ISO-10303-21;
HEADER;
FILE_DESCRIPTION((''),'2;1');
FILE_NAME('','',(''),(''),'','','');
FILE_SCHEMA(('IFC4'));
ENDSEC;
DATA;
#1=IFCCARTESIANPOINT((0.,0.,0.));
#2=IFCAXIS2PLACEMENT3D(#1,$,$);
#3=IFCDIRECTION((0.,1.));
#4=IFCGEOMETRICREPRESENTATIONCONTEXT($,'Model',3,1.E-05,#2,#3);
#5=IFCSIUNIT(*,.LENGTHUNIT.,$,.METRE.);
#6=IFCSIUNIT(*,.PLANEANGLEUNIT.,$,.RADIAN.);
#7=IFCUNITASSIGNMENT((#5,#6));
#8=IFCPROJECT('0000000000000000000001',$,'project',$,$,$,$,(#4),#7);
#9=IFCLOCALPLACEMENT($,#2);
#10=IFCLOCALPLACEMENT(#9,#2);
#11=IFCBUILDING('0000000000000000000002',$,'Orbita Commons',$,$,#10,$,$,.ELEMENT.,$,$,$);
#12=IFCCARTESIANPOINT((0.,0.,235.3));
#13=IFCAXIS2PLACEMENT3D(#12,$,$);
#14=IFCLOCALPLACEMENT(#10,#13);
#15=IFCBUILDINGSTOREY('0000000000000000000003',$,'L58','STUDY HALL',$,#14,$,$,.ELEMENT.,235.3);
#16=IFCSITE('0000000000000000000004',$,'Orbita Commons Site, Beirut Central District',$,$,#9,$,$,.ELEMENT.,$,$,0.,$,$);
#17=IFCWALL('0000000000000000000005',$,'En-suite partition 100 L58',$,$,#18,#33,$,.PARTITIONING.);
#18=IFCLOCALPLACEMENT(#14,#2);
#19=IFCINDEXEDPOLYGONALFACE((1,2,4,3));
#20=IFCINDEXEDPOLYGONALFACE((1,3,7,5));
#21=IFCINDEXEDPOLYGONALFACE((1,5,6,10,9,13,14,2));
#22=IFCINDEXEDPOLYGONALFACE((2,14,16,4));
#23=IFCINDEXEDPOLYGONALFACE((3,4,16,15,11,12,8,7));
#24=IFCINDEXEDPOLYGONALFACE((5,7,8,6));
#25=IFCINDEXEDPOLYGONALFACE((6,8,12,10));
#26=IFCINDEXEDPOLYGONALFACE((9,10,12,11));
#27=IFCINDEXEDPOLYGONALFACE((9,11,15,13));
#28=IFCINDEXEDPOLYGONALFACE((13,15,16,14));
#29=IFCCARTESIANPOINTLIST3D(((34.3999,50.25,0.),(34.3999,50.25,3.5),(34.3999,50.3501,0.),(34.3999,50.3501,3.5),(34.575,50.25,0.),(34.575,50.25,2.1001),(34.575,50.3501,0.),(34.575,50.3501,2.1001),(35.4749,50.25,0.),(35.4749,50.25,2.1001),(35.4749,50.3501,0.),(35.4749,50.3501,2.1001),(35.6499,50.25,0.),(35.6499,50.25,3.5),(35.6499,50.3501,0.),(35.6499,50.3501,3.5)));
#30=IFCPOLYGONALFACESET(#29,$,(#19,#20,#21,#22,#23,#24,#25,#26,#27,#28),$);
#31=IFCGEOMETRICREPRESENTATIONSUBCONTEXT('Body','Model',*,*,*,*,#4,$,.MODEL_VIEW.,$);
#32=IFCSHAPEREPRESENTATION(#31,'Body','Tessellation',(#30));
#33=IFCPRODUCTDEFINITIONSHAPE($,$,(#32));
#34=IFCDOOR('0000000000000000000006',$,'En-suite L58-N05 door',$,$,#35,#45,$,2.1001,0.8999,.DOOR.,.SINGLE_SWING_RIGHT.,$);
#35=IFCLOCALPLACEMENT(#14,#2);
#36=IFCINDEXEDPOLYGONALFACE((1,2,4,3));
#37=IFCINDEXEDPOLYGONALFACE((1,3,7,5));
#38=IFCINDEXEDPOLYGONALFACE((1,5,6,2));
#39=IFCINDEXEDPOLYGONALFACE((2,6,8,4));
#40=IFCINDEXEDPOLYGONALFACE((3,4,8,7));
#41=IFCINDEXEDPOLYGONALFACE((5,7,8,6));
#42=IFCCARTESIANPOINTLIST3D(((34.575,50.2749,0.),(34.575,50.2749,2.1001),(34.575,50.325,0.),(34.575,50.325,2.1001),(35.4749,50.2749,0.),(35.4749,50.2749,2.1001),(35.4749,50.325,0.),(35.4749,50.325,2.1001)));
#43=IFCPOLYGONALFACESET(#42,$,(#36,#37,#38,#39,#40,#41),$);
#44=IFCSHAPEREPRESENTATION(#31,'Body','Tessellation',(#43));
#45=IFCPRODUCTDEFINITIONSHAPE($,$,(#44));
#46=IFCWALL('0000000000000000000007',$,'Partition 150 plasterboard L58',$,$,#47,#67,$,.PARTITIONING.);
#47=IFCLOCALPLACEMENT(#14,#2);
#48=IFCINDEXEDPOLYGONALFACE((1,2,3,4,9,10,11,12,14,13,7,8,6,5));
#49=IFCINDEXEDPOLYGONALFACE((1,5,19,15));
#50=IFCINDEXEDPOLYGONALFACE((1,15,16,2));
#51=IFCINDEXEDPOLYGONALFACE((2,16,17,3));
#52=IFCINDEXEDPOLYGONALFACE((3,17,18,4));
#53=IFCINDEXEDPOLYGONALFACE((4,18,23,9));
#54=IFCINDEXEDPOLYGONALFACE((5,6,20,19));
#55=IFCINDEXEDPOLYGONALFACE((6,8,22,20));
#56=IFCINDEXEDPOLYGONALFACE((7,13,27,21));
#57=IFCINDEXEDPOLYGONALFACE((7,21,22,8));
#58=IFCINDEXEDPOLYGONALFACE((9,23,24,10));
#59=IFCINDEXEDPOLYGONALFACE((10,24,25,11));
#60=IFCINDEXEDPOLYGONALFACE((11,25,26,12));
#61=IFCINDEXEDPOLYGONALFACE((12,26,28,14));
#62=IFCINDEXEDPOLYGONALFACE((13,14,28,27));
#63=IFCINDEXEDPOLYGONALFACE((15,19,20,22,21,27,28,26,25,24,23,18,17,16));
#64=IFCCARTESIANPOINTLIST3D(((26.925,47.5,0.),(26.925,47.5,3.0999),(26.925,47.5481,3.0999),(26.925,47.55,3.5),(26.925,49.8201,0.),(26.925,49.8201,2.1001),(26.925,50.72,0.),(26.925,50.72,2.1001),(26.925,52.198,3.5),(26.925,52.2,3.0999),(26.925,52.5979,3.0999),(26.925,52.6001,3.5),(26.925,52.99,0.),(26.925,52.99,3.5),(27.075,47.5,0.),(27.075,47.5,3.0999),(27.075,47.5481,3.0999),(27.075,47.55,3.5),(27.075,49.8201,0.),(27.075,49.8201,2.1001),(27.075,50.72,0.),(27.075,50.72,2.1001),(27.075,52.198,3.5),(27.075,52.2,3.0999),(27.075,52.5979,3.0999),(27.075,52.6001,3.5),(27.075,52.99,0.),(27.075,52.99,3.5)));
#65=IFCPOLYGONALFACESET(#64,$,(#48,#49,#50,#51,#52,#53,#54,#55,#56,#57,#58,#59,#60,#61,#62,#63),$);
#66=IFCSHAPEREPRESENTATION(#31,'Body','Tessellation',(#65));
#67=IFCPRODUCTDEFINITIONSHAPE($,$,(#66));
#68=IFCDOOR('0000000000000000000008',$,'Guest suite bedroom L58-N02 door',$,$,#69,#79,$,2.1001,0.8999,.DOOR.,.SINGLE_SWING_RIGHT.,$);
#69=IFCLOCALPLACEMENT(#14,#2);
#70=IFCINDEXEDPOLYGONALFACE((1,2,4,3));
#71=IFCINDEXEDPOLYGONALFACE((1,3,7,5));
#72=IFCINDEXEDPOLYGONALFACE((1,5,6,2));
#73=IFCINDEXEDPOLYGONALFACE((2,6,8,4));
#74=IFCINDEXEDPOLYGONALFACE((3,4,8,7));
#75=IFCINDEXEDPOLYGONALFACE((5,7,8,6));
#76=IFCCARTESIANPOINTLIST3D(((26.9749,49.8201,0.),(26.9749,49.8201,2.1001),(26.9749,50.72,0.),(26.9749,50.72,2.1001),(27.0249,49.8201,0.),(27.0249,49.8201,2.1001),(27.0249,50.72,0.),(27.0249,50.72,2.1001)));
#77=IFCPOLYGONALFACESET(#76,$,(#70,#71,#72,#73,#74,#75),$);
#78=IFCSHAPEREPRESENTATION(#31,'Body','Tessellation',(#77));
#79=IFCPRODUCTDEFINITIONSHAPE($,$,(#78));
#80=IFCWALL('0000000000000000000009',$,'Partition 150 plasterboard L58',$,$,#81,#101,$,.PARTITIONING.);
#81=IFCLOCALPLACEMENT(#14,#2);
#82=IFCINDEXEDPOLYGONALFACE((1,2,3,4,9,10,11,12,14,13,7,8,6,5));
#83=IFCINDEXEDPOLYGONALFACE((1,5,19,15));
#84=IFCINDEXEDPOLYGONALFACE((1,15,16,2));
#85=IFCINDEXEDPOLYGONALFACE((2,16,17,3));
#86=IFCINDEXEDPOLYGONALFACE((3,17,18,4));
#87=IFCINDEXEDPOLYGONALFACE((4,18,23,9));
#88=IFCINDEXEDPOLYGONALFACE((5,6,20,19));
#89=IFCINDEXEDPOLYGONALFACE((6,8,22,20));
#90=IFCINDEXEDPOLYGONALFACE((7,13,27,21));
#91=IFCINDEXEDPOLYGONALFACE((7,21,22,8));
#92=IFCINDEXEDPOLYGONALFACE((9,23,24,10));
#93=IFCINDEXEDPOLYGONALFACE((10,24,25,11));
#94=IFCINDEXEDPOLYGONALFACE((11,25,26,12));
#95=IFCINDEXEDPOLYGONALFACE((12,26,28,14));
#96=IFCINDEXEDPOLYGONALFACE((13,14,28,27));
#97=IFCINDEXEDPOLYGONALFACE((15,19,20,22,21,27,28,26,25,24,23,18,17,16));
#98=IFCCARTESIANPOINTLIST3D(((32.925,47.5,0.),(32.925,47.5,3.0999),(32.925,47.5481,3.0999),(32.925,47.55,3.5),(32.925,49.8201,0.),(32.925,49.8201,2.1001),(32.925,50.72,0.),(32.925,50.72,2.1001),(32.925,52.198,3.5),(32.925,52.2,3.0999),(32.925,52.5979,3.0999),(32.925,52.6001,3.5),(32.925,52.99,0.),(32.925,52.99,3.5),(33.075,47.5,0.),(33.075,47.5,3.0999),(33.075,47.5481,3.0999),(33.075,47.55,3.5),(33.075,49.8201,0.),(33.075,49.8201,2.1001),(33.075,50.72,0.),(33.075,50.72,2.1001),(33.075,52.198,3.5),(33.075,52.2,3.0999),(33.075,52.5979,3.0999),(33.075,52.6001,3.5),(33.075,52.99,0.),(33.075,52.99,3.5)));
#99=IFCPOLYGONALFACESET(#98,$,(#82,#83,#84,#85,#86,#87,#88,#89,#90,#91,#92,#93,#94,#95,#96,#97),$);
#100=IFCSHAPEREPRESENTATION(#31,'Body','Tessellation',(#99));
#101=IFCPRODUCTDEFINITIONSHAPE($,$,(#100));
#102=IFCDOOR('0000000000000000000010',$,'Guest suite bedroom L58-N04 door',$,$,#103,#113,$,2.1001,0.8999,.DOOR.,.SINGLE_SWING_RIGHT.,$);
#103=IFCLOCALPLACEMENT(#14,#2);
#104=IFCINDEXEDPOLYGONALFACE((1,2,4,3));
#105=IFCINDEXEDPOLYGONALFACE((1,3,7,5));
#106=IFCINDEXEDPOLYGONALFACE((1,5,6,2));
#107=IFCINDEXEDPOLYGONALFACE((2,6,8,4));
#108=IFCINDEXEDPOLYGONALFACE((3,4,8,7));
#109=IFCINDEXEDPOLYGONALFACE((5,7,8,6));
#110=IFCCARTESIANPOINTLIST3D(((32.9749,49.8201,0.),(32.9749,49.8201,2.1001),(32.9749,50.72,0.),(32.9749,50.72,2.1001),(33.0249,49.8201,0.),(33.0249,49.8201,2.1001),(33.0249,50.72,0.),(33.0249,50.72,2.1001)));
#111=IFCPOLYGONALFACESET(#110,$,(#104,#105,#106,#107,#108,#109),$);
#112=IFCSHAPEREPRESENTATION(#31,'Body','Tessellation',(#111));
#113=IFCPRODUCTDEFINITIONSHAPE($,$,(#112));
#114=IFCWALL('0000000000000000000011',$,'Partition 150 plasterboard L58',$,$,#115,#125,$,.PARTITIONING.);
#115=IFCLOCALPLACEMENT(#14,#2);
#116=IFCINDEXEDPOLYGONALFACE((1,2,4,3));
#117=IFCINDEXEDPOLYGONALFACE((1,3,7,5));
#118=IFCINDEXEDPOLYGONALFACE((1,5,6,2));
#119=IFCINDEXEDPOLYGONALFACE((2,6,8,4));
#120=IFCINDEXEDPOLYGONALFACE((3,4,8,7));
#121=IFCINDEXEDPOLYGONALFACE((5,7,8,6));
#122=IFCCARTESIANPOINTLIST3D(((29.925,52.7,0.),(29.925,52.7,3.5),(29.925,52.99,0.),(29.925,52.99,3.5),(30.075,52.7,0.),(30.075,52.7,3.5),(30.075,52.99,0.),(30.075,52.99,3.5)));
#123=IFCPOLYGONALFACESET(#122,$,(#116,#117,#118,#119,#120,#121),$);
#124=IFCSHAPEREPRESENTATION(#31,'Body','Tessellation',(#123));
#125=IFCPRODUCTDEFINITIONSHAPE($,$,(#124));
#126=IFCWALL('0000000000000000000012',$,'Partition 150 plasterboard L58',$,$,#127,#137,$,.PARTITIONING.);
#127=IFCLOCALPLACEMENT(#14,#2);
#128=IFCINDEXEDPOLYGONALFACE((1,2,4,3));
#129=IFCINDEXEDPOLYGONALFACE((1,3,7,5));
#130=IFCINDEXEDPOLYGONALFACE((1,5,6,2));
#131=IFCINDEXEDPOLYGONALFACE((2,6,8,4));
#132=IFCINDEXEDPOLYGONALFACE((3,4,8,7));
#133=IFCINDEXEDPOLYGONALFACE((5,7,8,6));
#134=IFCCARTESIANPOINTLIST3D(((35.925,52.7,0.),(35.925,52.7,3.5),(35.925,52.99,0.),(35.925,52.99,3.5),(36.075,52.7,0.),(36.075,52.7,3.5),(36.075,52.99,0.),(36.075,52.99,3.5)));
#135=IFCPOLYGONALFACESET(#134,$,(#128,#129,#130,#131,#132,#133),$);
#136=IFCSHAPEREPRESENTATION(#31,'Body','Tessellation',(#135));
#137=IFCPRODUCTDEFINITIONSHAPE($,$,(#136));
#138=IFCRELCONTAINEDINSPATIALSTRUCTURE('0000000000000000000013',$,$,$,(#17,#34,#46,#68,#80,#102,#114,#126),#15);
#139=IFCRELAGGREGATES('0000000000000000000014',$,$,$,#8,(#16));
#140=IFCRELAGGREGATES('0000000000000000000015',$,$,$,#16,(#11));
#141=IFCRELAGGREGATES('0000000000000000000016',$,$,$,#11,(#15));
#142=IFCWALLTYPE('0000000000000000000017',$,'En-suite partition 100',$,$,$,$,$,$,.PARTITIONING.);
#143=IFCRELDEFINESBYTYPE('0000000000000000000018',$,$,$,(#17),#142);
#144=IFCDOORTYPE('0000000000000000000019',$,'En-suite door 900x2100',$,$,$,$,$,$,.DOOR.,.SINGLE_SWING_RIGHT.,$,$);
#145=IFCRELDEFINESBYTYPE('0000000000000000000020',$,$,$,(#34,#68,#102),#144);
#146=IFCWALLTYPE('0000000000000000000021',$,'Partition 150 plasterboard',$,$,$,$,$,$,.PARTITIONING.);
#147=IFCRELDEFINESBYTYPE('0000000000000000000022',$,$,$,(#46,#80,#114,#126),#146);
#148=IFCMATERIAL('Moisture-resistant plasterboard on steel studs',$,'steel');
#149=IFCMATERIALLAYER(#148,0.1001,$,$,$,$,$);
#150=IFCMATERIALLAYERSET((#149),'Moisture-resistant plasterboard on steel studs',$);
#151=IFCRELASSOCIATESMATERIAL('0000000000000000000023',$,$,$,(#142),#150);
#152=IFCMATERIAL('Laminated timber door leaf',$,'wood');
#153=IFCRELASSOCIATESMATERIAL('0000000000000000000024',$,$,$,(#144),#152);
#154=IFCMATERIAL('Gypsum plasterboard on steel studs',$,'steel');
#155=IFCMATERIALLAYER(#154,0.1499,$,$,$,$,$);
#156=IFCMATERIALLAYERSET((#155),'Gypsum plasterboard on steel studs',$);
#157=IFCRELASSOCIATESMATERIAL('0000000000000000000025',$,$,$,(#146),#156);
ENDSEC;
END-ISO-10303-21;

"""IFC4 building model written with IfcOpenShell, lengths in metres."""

from ifc_helpers import new_model, si_unit, direction, frame, frame_2d, origin, place, context, subcontext, project, spatial, polyline, rectangle, outline, extrude, material, layer, layer_set, type_object, element, fill, save


model = new_model("IFC4")

# Units and contexts
model_context = context("Model", 3, precision=1e-05, world=origin(), true_north=direction((0.0, 1.0)))
body_context = subcontext(model_context, "Body", "Model", "MODEL_VIEW")
ifc_project = project(units=[si_unit("LENGTHUNIT", "METRE"), si_unit("PLANEANGLEUNIT", "RADIAN")], contexts=[model_context])

# Site, building, storey
site_placement = place(None, origin())
site = spatial("IfcSite", under=ifc_project, at=site_placement, Name="Orbita Commons Site, Beirut Central District", CompositionType="ELEMENT", RefElevation=0.0)
building_placement = place(site_placement, origin())
building = spatial("IfcBuilding", under=site, at=building_placement, Name="Orbita Commons", CompositionType="ELEMENT")
storey_placement = place(building_placement, frame((0.0, 0.0, 235.3)))
storey = spatial("IfcBuildingStorey", under=building, at=storey_placement, Name="L58", Description="STUDY HALL", CompositionType="ELEMENT", Elevation=235.3)

# Walls, openings, doors
ifc_material_1 = material(Name="Moisture-resistant plasterboard on steel studs", Category="steel")
ifc_layer_1 = layer(ifc_material_1, 0.1001)
ifc_layer_set_1 = layer_set([ifc_layer_1], Name="Moisture-resistant plasterboard on steel studs")
wall_type_1 = type_object("IfcWallType", Name="En-suite partition 100", PredefinedType="PARTITIONING", material=ifc_layer_set_1)
ifc_material_2 = material(Name="Laminated timber door leaf", Category="wood")
door_type = type_object("IfcDoorType", Name="En-suite door 900x2100", OperationType="SINGLE_SWING_RIGHT", PredefinedType="DOOR", material=ifc_material_2)
wall_1_placement = place(storey_placement, frame((34.3999, 50.3, 0.0), z_axis=(0.0, 0.0, 1.0), x_axis=(1.0, 0.0, 0.0)))
wall_1 = element("IfcWall", 1, at=wall_1_placement, inside=storey, type_object=wall_type_1, Name="En-suite partition 100 L58", PredefinedType="PARTITIONING", context=body_context, shape_type="SweptSolid", body=[
    extrude(rectangle(XDim=1.25, YDim=0.1001, at=frame_2d((0.625, 0.0))), origin(), (0.0, 0.0, 1.0), 3.5),
])
opening_1_placement = place(wall_1_placement, frame((0.175, 0.0, 0.0)))
opening_1 = element("IfcOpeningElement", 2, at=opening_1_placement, cuts=wall_1, PredefinedType="OPENING", context=body_context, shape_type="SweptSolid", body=[
    extrude(rectangle(XDim=0.8999, YDim=2.1001, at=frame_2d((0.45, 1.05))), frame((0.0, 0.0601, 0.0), z_axis=(0.0, -1.0, 0.0), x_axis=(1.0, 0.0, 0.0)), (0.0, 0.0, 1.0), 0.1201),
])
door_1_placement = place(opening_1_placement, origin())
door_1 = element("IfcDoor", 3, at=door_1_placement, inside=storey, type_object=door_type, Name="En-suite L58-N05 door", OperationType="SINGLE_SWING_RIGHT", OverallHeight=2.1001, OverallWidth=0.8999, PredefinedType="DOOR", context=body_context, shape_type="SweptSolid", body=[
    extrude(rectangle(XDim=0.8999, YDim=2.1001, at=frame_2d((0.45, 1.05))), frame((0.0, 0.0249, 0.0), z_axis=(0.0, -1.0, 0.0), x_axis=(1.0, 0.0, 0.0)), (0.0, 0.0, 1.0), 0.05),
])
fill(opening_1, door_1)
ifc_material_3 = material(Name="Gypsum plasterboard on steel studs", Category="steel")
ifc_layer_2 = layer(ifc_material_3, 0.1499)
ifc_layer_set_2 = layer_set([ifc_layer_2], Name="Gypsum plasterboard on steel studs")
wall_type_2 = type_object("IfcWallType", Name="Partition 150 plasterboard", PredefinedType="PARTITIONING", material=ifc_layer_set_2)
wall_2_placement = place(storey_placement, frame((27.0, 52.99, 0.0), z_axis=(0.0, 0.0, 1.0), x_axis=(0.0, -1.0, 0.0)))
wall_2 = element("IfcWall", 4, at=wall_2_placement, inside=storey, type_object=wall_type_2, Name="Partition 150 plasterboard L58", PredefinedType="PARTITIONING", context=body_context, shape_type="SweptSolid", body=[
    extrude(outline(polyline([(0.0, 0.0), (5.49, 0.0), (5.49, 3.0999), (5.4419, 3.0999), (5.4399, 3.5), (0.792, 3.5), (0.79, 3.0999), (0.3921, 3.0999), (0.3899, 3.5), (0.0, 3.5), (0.0, 0.0)])), frame((0.0, 0.075, 0.0), z_axis=(0.0, -1.0, 0.0), x_axis=(1.0, 0.0, 0.0)), (0.0, 0.0, 1.0), 0.1499),
])
opening_2_placement = place(wall_2_placement, frame((2.27, 0.0, 0.0)))
opening_2 = element("IfcOpeningElement", 5, at=opening_2_placement, cuts=wall_2, PredefinedType="OPENING", context=body_context, shape_type="SweptSolid", body=[
    extrude(rectangle(XDim=0.8999, YDim=2.1001, at=frame_2d((0.45, 1.05))), frame((0.0, 0.085, 0.0), z_axis=(0.0, -1.0, 0.0), x_axis=(1.0, 0.0, 0.0)), (0.0, 0.0, 1.0), 0.1699),
])
door_2_placement = place(opening_2_placement, origin())
door_2 = element("IfcDoor", 6, at=door_2_placement, inside=storey, type_object=door_type, Name="Guest suite bedroom L58-N02 door", OperationType="SINGLE_SWING_RIGHT", OverallHeight=2.1001, OverallWidth=0.8999, PredefinedType="DOOR", context=body_context, shape_type="SweptSolid", body=[
    extrude(rectangle(XDim=0.8999, YDim=2.1001, at=frame_2d((0.45, 1.05))), frame((0.0, 0.0249, 0.0), z_axis=(0.0, -1.0, 0.0), x_axis=(1.0, 0.0, 0.0)), (0.0, 0.0, 1.0), 0.05),
])
fill(opening_2, door_2)
wall_3_placement = place(storey_placement, frame((33.0, 52.99, 0.0), z_axis=(0.0, 0.0, 1.0), x_axis=(0.0, -1.0, 0.0)))
wall_3 = element("IfcWall", 7, at=wall_3_placement, inside=storey, type_object=wall_type_2, Name="Partition 150 plasterboard L58", PredefinedType="PARTITIONING", context=body_context, shape_type="SweptSolid", body=[
    extrude(outline(polyline([(0.0, 0.0), (5.49, 0.0), (5.49, 3.0999), (5.4419, 3.0999), (5.4399, 3.5), (0.792, 3.5), (0.79, 3.0999), (0.3921, 3.0999), (0.3899, 3.5), (0.0, 3.5), (0.0, 0.0)])), frame((0.0, 0.075, 0.0), z_axis=(0.0, -1.0, 0.0), x_axis=(1.0, 0.0, 0.0)), (0.0, 0.0, 1.0), 0.1499),
])
opening_3_placement = place(wall_3_placement, frame((2.27, 0.0, 0.0)))
opening_3 = element("IfcOpeningElement", 8, at=opening_3_placement, cuts=wall_3, PredefinedType="OPENING", context=body_context, shape_type="SweptSolid", body=[
    extrude(rectangle(XDim=0.8999, YDim=2.1001, at=frame_2d((0.45, 1.05))), frame((0.0, 0.085, 0.0), z_axis=(0.0, -1.0, 0.0), x_axis=(1.0, 0.0, 0.0)), (0.0, 0.0, 1.0), 0.1699),
])
door_3_placement = place(opening_3_placement, origin())
door_3 = element("IfcDoor", 9, at=door_3_placement, inside=storey, type_object=door_type, Name="Guest suite bedroom L58-N04 door", OperationType="SINGLE_SWING_RIGHT", OverallHeight=2.1001, OverallWidth=0.8999, PredefinedType="DOOR", context=body_context, shape_type="SweptSolid", body=[
    extrude(rectangle(XDim=0.8999, YDim=2.1001, at=frame_2d((0.45, 1.05))), frame((0.0, 0.0249, 0.0), z_axis=(0.0, -1.0, 0.0), x_axis=(1.0, 0.0, 0.0)), (0.0, 0.0, 1.0), 0.05),
])
fill(opening_3, door_3)

# Walls
for number, where, z_axis, x_axis, name in (
    (10, (30.0, 52.7, 0.0), (0.0, 0.0, 1.0), (0.0, 1.0, 0.0), "Partition 150 plasterboard L58"),
    (11, (36.0, 52.7, 0.0), (0.0, 0.0, 1.0), (0.0, 1.0, 0.0), "Partition 150 plasterboard L58"),
):
    element("IfcWall", number, at=place(storey_placement, frame(where, z_axis=z_axis, x_axis=x_axis)), inside=storey, type_object=wall_type_2, Name=name, PredefinedType="PARTITIONING", context=body_context, shape_type="SweptSolid", body=[
        extrude(rectangle(XDim=0.29, YDim=0.1499, at=frame_2d((0.145, 0.0))), origin(), (0.0, 0.0, 1.0), 3.5),
    ])

save(model, "model.ifc")
